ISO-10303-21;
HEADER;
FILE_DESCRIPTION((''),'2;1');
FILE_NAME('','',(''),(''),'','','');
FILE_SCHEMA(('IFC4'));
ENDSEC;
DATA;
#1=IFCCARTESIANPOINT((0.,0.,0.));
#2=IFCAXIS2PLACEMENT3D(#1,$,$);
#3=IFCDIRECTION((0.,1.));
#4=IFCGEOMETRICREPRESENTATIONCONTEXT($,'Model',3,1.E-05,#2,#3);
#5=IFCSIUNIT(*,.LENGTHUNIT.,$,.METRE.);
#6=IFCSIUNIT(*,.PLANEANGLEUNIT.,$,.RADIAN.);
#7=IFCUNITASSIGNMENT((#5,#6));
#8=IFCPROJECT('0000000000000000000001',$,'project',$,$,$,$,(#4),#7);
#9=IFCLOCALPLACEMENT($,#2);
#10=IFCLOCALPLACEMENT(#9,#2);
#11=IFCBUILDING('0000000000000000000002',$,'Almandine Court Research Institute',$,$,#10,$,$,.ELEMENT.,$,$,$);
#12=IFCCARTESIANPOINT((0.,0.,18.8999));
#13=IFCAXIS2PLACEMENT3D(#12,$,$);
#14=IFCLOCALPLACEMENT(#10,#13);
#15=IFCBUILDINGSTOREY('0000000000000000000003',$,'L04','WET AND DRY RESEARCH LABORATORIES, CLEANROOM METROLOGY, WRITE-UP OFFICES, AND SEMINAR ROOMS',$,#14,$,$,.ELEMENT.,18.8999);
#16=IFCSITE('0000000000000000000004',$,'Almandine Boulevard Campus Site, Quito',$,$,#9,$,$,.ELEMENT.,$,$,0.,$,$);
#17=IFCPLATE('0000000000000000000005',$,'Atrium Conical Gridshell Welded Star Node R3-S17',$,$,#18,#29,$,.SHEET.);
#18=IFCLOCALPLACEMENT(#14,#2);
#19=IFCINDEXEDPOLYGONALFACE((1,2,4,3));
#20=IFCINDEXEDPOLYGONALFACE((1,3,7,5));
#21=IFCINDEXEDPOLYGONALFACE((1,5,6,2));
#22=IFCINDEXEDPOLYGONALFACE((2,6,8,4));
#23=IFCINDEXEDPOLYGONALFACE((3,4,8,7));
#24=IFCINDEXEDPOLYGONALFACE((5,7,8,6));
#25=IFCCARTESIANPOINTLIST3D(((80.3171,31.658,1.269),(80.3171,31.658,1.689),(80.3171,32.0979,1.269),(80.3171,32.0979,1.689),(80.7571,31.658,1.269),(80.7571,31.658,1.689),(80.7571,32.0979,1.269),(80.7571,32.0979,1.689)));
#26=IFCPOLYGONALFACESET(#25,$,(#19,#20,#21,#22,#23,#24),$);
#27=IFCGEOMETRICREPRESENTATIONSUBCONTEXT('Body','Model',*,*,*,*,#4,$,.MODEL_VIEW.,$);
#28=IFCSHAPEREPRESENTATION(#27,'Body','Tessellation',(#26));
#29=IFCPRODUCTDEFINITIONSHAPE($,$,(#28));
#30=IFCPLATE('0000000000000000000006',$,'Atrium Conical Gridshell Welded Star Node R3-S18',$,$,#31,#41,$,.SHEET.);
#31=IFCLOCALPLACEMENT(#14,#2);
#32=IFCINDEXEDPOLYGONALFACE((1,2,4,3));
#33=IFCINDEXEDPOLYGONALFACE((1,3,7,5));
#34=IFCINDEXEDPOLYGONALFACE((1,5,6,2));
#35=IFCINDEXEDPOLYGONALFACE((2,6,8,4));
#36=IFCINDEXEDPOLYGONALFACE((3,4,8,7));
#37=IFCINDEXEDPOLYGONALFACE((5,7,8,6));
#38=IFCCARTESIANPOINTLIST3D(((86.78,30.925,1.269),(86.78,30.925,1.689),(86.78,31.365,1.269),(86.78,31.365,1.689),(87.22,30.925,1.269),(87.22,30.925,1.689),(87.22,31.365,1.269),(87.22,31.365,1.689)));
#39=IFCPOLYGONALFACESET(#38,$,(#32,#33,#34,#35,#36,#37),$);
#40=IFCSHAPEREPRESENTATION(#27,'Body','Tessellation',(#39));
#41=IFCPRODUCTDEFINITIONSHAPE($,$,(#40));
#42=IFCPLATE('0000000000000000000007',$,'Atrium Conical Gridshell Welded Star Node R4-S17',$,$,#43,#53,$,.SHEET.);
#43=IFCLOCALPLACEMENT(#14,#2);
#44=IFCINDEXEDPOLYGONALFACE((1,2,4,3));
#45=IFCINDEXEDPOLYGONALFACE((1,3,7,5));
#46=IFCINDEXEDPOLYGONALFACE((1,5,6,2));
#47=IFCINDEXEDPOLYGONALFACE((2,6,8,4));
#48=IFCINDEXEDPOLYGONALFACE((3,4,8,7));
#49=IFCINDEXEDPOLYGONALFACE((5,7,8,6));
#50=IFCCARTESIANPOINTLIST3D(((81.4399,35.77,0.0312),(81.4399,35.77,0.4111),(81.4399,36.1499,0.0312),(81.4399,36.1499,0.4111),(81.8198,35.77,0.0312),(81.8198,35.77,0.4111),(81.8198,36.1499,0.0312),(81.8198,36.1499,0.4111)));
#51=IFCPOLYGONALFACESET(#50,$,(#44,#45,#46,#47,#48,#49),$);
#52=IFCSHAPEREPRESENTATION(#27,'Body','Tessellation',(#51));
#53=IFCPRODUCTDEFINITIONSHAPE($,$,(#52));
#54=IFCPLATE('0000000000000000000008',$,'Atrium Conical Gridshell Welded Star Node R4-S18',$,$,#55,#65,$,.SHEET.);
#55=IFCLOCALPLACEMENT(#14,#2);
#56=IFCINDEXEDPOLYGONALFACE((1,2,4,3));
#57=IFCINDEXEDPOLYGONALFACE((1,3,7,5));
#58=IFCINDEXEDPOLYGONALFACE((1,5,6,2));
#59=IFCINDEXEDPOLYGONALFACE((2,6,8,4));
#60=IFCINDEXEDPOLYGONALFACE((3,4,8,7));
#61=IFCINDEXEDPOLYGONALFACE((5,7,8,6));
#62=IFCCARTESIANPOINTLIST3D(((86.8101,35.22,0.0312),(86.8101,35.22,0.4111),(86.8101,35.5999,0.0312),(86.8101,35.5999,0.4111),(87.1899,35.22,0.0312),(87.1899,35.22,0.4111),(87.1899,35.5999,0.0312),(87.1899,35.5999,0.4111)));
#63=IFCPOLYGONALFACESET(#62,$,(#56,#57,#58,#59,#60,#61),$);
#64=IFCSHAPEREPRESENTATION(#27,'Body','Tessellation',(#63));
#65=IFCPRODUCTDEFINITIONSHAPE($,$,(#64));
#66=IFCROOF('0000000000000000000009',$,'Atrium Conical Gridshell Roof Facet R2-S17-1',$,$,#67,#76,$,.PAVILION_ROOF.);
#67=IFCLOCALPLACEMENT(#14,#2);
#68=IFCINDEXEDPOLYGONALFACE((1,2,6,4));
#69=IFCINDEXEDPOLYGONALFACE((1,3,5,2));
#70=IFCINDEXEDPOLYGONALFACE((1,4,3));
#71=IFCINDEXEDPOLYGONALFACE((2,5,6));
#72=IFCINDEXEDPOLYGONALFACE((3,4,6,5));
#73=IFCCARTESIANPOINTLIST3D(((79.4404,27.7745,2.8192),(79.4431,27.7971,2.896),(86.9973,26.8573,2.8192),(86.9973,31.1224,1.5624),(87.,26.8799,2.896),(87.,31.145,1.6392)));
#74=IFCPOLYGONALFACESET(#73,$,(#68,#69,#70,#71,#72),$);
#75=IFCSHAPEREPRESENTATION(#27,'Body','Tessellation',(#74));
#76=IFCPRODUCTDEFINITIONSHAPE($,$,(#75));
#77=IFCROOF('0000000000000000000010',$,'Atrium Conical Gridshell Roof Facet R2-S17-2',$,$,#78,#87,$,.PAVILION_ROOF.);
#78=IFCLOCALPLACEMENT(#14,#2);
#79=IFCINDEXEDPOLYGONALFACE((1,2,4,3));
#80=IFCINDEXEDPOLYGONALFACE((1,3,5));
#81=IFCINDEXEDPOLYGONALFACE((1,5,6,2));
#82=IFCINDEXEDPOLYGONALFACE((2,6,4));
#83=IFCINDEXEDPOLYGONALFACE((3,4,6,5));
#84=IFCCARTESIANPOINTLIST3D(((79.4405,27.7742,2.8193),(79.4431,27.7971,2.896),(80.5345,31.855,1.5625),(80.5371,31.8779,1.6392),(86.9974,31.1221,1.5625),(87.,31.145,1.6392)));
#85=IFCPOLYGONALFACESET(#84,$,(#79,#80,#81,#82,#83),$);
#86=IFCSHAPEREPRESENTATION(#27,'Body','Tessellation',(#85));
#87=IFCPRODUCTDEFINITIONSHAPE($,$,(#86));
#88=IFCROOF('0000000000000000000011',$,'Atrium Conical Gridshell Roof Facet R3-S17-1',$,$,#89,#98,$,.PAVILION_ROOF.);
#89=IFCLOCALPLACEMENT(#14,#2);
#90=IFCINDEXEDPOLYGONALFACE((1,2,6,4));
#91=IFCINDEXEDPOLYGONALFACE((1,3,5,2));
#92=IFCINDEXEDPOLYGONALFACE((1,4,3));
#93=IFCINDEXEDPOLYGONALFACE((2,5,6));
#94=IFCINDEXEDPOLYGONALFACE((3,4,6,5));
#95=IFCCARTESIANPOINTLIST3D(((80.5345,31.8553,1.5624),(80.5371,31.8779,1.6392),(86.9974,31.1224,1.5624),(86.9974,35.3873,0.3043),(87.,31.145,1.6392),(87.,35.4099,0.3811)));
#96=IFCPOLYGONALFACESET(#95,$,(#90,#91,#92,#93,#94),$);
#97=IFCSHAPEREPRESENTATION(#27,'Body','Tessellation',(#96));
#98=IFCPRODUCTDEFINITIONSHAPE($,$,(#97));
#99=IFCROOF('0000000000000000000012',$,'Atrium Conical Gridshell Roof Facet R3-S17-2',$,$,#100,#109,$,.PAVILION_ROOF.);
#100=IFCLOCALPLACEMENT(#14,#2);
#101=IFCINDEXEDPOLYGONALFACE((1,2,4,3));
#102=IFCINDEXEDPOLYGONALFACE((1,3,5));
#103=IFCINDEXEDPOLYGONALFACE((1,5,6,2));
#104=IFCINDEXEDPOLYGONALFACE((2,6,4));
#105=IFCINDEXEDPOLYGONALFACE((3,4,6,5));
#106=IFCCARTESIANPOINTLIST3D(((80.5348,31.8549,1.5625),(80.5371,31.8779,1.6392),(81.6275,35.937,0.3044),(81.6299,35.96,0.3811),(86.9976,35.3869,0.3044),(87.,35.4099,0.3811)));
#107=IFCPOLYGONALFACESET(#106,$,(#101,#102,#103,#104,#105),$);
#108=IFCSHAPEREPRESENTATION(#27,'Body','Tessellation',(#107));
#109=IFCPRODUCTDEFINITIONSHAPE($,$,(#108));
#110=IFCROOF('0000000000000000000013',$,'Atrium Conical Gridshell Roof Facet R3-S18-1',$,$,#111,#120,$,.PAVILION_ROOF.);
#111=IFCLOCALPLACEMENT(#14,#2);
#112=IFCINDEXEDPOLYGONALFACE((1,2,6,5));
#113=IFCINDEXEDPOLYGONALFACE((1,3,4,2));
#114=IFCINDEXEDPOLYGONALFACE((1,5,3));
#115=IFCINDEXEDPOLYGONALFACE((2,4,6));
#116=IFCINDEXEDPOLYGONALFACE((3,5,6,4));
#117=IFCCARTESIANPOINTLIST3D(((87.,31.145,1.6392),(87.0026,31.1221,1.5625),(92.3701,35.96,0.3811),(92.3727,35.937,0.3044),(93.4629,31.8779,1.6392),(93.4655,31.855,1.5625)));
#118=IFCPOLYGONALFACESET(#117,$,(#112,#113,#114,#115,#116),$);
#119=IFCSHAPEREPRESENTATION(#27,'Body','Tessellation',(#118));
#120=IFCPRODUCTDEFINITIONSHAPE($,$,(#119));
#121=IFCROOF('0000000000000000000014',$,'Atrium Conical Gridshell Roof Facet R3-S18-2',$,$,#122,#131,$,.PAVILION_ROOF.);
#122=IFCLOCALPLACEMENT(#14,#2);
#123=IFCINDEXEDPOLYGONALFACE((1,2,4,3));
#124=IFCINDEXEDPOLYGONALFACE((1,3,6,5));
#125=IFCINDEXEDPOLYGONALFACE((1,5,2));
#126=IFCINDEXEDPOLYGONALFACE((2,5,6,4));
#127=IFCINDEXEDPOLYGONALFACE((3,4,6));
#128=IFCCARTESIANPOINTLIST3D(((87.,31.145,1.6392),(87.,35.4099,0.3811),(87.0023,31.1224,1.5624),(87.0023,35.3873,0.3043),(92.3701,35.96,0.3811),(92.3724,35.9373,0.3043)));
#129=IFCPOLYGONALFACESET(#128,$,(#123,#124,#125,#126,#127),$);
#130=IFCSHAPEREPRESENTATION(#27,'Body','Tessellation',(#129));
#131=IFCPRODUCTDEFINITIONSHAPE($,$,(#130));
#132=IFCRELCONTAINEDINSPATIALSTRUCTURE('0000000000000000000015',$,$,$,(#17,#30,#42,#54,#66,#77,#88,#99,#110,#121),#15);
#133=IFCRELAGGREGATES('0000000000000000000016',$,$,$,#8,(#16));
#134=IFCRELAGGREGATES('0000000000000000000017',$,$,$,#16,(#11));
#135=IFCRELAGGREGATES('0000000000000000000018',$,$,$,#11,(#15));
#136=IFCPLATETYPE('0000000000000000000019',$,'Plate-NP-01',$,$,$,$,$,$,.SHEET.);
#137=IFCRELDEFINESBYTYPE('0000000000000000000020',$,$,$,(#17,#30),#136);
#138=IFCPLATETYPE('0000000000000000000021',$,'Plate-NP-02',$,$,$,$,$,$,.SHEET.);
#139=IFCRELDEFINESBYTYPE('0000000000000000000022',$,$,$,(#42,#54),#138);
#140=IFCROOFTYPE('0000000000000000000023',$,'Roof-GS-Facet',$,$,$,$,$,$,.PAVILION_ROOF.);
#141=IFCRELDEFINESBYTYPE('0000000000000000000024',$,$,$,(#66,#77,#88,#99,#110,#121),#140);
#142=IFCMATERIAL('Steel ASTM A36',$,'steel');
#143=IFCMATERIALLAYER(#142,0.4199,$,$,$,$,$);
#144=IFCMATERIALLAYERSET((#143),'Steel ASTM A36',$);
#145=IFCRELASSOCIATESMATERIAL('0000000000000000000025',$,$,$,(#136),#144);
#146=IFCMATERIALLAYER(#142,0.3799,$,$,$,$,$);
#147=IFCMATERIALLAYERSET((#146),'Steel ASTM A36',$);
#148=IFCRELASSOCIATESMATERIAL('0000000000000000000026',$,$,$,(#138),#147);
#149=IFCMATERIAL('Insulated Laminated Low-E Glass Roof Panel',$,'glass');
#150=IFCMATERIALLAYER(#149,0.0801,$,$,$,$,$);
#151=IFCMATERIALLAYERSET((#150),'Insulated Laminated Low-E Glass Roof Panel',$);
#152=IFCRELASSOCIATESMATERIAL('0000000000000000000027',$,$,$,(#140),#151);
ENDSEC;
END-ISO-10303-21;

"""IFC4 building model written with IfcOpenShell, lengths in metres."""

from ifc_helpers import new_model, si_unit, direction, frame, origin, origin_2d, place, context, subcontext, project, spatial, polyline, rectangle, outline, extrude, material, layer, layer_set, type_object, element, save


model = new_model("IFC4")

# Units and contexts
model_context = context("Model", 3, precision=1e-05, world=origin(), true_north=direction((0.0, 1.0)))
body_context = subcontext(model_context, "Body", "Model", "MODEL_VIEW")
ifc_project = project(units=[si_unit("LENGTHUNIT", "METRE"), si_unit("PLANEANGLEUNIT", "RADIAN")], contexts=[model_context])

# Site, building, storey
site_placement = place(None, origin())
site = spatial("IfcSite", under=ifc_project, at=site_placement, Name="Almandine Boulevard Campus Site, Quito", CompositionType="ELEMENT", RefElevation=0.0)
building_placement = place(site_placement, origin())
building = spatial("IfcBuilding", under=site, at=building_placement, Name="Almandine Court Research Institute", CompositionType="ELEMENT")
storey_placement = place(building_placement, frame((0.0, 0.0, 18.8999)))
storey = spatial("IfcBuildingStorey", under=building, at=storey_placement, Name="L04", Description="WET AND DRY RESEARCH LABORATORIES, CLEANROOM METROLOGY, WRITE-UP OFFICES, AND SEMINAR ROOMS", CompositionType="ELEMENT", Elevation=18.8999)

# Plates
ifc_material_1 = material(Name="Steel ASTM A36", Category="steel")
ifc_layer_1 = layer(ifc_material_1, 0.4199)
ifc_layer_set_1 = layer_set([ifc_layer_1], Name="Steel ASTM A36")
plate_type_1 = type_object("IfcPlateType", Name="Plate-NP-01", PredefinedType="SHEET", material=ifc_layer_set_1)
for number, where, z_axis, x_axis, name in (
    (1, (80.5371, 31.8779, 1.269), (0.0, 0.0, 1.0), (1.0, 0.0, 0.0), "Atrium Conical Gridshell Welded Star Node R3-S17"),
    (2, (87.0, 31.145, 1.269), (0.0, 0.0, 1.0), (1.0, 0.0, 0.0), "Atrium Conical Gridshell Welded Star Node R3-S18"),
):
    element("IfcPlate", number, at=place(storey_placement, frame(where, z_axis=z_axis, x_axis=x_axis)), inside=storey, type_object=plate_type_1, Name=name, PredefinedType="SHEET", context=body_context, shape_type="SweptSolid", body=[
        extrude(rectangle(XDim=0.4399, YDim=0.4399, at=origin_2d()), origin(), (0.0, 0.0, 1.0), 0.4199),
    ])
ifc_layer_2 = layer(ifc_material_1, 0.3799)
ifc_layer_set_2 = layer_set([ifc_layer_2], Name="Steel ASTM A36")
plate_type_2 = type_object("IfcPlateType", Name="Plate-NP-02", PredefinedType="SHEET", material=ifc_layer_set_2)
for number, where, z_axis, x_axis, name in (
    (3, (81.6299, 35.96, 0.0312), (0.0, 0.0, 1.0), (1.0, 0.0, 0.0), "Atrium Conical Gridshell Welded Star Node R4-S17"),
    (4, (87.0, 35.4099, 0.0312), (0.0, 0.0, 1.0), (1.0, 0.0, 0.0), "Atrium Conical Gridshell Welded Star Node R4-S18"),
):
    element("IfcPlate", number, at=place(storey_placement, frame(where, z_axis=z_axis, x_axis=x_axis)), inside=storey, type_object=plate_type_2, Name=name, PredefinedType="SHEET", context=body_context, shape_type="SweptSolid", body=[
        extrude(rectangle(XDim=0.3799, YDim=0.3799, at=origin_2d()), origin(), (0.0, 0.0, 1.0), 0.3799),
    ])

# Roofs
ifc_material_2 = material(Name="Insulated Laminated Low-E Glass Roof Panel", Category="glass")
ifc_layer_3 = layer(ifc_material_2, 0.0801)
ifc_layer_set_3 = layer_set([ifc_layer_3], Name="Insulated Laminated Low-E Glass Roof Panel")
roof_type = type_object("IfcRoofType", Name="Roof-GS-Facet", PredefinedType="PAVILION_ROOF", material=ifc_layer_set_3)
roof_1_placement = place(storey_placement, frame((79.4431, 27.7971, 2.896), z_axis=(0.034288, 0.282494, 0.958656), x_axis=(0.992714, -0.120493, 0.0)))
element("IfcRoof", 5, at=roof_1_placement, inside=storey, type_object=roof_type, Name="Atrium Conical Gridshell Roof Facet R2-S17-1", PredefinedType="PAVILION_ROOF", context=body_context, shape_type="SweptSolid", body=[
    extrude(outline(polyline([(0.0, 0.0), (7.6123, 0.0), (7.0984, 4.4167), (0.0, 0.0)])), origin(), (0.0, 0.0, -1.0), 0.0801),
])
roof_2_placement = place(storey_placement, frame((79.4431, 27.7971, 2.896), z_axis=(0.032459, 0.28623, 0.957611), x_axis=(0.903901, 0.400452, -0.150334)))
element("IfcRoof", 6, at=roof_2_placement, inside=storey, type_object=roof_type, Name="Atrium Conical Gridshell Roof Facet R2-S17-2", PredefinedType="PAVILION_ROOF", context=body_context, shape_type="SweptSolid", body=[
    extrude(outline(polyline([(0.0, 0.0), (8.3603, 0.0), (2.812, 3.3944), (0.0, 0.0)])), origin(), (0.0, 0.0, -1.0), 0.0801),
])
roof_3_placement = place(storey_placement, frame((80.5371, 31.8779, 1.6392), z_axis=(0.032068, 0.282782, 0.958648), x_axis=(0.993631, -0.112681, 0.0)))
element("IfcRoof", 7, at=roof_3_placement, inside=storey, type_object=roof_type, Name="Atrium Conical Gridshell Roof Facet R3-S17-1", PredefinedType="PAVILION_ROOF", context=body_context, shape_type="SweptSolid", body=[
    extrude(outline(polyline([(0.0, 0.0), (6.5043, 0.0), (6.0237, 4.4205), (0.0, 0.0)])), origin(), (0.0, 0.0, -1.0), 0.0801),
])
roof_4_placement = place(storey_placement, frame((80.5371, 31.8779, 1.6392), z_axis=(0.029417, 0.287196, 0.95742), x_axis=(0.864981, 0.472714, -0.168376)))
element("IfcRoof", 8, at=roof_4_placement, inside=storey, type_object=roof_type, Name="Atrium Conical Gridshell Roof Facet R3-S17-2", PredefinedType="PAVILION_ROOF", context=body_context, shape_type="SweptSolid", body=[
    extrude(outline(polyline([(0.0, 0.0), (7.4717, 0.0), (3.0867, 3.1484), (0.0, 0.0)])), origin(), (0.0, 0.0, -1.0), 0.0801),
])
roof_5_placement = place(storey_placement, frame((87.0, 31.145, 1.6392), z_axis=(-0.032481, 0.286417, 0.957554), x_axis=(0.993631, 0.112681, 0.0)))
element("IfcRoof", 9, at=roof_5_placement, inside=storey, type_object=roof_type, Name="Atrium Conical Gridshell Roof Facet R3-S18-1", PredefinedType="PAVILION_ROOF", context=body_context, shape_type="SweptSolid", body=[
    extrude(outline(polyline([(0.0, 0.0), (6.5043, 0.0), (5.8785, 4.3644), (0.0, 0.0)])), origin(), (0.0, 0.0, -1.0), 0.0801),
])
roof_6_placement = place(storey_placement, frame((87.0, 31.145, 1.6392), z_axis=(-0.028967, 0.282808, 0.958739), x_axis=(0.733471, 0.657643, -0.17183)))
element("IfcRoof", 10, at=roof_6_placement, inside=storey, type_object=roof_type, Name="Atrium Conical Gridshell Roof Facet R3-S18-2", PredefinedType="PAVILION_ROOF", context=body_context, shape_type="SweptSolid", body=[
    extrude(outline(polyline([(0.0, 0.0), (7.3215, 0.0), (3.0209, 3.2628), (0.0, 0.0)])), origin(), (0.0, 0.0, -1.0), 0.0801),
])

save(model, "model.ifc")
